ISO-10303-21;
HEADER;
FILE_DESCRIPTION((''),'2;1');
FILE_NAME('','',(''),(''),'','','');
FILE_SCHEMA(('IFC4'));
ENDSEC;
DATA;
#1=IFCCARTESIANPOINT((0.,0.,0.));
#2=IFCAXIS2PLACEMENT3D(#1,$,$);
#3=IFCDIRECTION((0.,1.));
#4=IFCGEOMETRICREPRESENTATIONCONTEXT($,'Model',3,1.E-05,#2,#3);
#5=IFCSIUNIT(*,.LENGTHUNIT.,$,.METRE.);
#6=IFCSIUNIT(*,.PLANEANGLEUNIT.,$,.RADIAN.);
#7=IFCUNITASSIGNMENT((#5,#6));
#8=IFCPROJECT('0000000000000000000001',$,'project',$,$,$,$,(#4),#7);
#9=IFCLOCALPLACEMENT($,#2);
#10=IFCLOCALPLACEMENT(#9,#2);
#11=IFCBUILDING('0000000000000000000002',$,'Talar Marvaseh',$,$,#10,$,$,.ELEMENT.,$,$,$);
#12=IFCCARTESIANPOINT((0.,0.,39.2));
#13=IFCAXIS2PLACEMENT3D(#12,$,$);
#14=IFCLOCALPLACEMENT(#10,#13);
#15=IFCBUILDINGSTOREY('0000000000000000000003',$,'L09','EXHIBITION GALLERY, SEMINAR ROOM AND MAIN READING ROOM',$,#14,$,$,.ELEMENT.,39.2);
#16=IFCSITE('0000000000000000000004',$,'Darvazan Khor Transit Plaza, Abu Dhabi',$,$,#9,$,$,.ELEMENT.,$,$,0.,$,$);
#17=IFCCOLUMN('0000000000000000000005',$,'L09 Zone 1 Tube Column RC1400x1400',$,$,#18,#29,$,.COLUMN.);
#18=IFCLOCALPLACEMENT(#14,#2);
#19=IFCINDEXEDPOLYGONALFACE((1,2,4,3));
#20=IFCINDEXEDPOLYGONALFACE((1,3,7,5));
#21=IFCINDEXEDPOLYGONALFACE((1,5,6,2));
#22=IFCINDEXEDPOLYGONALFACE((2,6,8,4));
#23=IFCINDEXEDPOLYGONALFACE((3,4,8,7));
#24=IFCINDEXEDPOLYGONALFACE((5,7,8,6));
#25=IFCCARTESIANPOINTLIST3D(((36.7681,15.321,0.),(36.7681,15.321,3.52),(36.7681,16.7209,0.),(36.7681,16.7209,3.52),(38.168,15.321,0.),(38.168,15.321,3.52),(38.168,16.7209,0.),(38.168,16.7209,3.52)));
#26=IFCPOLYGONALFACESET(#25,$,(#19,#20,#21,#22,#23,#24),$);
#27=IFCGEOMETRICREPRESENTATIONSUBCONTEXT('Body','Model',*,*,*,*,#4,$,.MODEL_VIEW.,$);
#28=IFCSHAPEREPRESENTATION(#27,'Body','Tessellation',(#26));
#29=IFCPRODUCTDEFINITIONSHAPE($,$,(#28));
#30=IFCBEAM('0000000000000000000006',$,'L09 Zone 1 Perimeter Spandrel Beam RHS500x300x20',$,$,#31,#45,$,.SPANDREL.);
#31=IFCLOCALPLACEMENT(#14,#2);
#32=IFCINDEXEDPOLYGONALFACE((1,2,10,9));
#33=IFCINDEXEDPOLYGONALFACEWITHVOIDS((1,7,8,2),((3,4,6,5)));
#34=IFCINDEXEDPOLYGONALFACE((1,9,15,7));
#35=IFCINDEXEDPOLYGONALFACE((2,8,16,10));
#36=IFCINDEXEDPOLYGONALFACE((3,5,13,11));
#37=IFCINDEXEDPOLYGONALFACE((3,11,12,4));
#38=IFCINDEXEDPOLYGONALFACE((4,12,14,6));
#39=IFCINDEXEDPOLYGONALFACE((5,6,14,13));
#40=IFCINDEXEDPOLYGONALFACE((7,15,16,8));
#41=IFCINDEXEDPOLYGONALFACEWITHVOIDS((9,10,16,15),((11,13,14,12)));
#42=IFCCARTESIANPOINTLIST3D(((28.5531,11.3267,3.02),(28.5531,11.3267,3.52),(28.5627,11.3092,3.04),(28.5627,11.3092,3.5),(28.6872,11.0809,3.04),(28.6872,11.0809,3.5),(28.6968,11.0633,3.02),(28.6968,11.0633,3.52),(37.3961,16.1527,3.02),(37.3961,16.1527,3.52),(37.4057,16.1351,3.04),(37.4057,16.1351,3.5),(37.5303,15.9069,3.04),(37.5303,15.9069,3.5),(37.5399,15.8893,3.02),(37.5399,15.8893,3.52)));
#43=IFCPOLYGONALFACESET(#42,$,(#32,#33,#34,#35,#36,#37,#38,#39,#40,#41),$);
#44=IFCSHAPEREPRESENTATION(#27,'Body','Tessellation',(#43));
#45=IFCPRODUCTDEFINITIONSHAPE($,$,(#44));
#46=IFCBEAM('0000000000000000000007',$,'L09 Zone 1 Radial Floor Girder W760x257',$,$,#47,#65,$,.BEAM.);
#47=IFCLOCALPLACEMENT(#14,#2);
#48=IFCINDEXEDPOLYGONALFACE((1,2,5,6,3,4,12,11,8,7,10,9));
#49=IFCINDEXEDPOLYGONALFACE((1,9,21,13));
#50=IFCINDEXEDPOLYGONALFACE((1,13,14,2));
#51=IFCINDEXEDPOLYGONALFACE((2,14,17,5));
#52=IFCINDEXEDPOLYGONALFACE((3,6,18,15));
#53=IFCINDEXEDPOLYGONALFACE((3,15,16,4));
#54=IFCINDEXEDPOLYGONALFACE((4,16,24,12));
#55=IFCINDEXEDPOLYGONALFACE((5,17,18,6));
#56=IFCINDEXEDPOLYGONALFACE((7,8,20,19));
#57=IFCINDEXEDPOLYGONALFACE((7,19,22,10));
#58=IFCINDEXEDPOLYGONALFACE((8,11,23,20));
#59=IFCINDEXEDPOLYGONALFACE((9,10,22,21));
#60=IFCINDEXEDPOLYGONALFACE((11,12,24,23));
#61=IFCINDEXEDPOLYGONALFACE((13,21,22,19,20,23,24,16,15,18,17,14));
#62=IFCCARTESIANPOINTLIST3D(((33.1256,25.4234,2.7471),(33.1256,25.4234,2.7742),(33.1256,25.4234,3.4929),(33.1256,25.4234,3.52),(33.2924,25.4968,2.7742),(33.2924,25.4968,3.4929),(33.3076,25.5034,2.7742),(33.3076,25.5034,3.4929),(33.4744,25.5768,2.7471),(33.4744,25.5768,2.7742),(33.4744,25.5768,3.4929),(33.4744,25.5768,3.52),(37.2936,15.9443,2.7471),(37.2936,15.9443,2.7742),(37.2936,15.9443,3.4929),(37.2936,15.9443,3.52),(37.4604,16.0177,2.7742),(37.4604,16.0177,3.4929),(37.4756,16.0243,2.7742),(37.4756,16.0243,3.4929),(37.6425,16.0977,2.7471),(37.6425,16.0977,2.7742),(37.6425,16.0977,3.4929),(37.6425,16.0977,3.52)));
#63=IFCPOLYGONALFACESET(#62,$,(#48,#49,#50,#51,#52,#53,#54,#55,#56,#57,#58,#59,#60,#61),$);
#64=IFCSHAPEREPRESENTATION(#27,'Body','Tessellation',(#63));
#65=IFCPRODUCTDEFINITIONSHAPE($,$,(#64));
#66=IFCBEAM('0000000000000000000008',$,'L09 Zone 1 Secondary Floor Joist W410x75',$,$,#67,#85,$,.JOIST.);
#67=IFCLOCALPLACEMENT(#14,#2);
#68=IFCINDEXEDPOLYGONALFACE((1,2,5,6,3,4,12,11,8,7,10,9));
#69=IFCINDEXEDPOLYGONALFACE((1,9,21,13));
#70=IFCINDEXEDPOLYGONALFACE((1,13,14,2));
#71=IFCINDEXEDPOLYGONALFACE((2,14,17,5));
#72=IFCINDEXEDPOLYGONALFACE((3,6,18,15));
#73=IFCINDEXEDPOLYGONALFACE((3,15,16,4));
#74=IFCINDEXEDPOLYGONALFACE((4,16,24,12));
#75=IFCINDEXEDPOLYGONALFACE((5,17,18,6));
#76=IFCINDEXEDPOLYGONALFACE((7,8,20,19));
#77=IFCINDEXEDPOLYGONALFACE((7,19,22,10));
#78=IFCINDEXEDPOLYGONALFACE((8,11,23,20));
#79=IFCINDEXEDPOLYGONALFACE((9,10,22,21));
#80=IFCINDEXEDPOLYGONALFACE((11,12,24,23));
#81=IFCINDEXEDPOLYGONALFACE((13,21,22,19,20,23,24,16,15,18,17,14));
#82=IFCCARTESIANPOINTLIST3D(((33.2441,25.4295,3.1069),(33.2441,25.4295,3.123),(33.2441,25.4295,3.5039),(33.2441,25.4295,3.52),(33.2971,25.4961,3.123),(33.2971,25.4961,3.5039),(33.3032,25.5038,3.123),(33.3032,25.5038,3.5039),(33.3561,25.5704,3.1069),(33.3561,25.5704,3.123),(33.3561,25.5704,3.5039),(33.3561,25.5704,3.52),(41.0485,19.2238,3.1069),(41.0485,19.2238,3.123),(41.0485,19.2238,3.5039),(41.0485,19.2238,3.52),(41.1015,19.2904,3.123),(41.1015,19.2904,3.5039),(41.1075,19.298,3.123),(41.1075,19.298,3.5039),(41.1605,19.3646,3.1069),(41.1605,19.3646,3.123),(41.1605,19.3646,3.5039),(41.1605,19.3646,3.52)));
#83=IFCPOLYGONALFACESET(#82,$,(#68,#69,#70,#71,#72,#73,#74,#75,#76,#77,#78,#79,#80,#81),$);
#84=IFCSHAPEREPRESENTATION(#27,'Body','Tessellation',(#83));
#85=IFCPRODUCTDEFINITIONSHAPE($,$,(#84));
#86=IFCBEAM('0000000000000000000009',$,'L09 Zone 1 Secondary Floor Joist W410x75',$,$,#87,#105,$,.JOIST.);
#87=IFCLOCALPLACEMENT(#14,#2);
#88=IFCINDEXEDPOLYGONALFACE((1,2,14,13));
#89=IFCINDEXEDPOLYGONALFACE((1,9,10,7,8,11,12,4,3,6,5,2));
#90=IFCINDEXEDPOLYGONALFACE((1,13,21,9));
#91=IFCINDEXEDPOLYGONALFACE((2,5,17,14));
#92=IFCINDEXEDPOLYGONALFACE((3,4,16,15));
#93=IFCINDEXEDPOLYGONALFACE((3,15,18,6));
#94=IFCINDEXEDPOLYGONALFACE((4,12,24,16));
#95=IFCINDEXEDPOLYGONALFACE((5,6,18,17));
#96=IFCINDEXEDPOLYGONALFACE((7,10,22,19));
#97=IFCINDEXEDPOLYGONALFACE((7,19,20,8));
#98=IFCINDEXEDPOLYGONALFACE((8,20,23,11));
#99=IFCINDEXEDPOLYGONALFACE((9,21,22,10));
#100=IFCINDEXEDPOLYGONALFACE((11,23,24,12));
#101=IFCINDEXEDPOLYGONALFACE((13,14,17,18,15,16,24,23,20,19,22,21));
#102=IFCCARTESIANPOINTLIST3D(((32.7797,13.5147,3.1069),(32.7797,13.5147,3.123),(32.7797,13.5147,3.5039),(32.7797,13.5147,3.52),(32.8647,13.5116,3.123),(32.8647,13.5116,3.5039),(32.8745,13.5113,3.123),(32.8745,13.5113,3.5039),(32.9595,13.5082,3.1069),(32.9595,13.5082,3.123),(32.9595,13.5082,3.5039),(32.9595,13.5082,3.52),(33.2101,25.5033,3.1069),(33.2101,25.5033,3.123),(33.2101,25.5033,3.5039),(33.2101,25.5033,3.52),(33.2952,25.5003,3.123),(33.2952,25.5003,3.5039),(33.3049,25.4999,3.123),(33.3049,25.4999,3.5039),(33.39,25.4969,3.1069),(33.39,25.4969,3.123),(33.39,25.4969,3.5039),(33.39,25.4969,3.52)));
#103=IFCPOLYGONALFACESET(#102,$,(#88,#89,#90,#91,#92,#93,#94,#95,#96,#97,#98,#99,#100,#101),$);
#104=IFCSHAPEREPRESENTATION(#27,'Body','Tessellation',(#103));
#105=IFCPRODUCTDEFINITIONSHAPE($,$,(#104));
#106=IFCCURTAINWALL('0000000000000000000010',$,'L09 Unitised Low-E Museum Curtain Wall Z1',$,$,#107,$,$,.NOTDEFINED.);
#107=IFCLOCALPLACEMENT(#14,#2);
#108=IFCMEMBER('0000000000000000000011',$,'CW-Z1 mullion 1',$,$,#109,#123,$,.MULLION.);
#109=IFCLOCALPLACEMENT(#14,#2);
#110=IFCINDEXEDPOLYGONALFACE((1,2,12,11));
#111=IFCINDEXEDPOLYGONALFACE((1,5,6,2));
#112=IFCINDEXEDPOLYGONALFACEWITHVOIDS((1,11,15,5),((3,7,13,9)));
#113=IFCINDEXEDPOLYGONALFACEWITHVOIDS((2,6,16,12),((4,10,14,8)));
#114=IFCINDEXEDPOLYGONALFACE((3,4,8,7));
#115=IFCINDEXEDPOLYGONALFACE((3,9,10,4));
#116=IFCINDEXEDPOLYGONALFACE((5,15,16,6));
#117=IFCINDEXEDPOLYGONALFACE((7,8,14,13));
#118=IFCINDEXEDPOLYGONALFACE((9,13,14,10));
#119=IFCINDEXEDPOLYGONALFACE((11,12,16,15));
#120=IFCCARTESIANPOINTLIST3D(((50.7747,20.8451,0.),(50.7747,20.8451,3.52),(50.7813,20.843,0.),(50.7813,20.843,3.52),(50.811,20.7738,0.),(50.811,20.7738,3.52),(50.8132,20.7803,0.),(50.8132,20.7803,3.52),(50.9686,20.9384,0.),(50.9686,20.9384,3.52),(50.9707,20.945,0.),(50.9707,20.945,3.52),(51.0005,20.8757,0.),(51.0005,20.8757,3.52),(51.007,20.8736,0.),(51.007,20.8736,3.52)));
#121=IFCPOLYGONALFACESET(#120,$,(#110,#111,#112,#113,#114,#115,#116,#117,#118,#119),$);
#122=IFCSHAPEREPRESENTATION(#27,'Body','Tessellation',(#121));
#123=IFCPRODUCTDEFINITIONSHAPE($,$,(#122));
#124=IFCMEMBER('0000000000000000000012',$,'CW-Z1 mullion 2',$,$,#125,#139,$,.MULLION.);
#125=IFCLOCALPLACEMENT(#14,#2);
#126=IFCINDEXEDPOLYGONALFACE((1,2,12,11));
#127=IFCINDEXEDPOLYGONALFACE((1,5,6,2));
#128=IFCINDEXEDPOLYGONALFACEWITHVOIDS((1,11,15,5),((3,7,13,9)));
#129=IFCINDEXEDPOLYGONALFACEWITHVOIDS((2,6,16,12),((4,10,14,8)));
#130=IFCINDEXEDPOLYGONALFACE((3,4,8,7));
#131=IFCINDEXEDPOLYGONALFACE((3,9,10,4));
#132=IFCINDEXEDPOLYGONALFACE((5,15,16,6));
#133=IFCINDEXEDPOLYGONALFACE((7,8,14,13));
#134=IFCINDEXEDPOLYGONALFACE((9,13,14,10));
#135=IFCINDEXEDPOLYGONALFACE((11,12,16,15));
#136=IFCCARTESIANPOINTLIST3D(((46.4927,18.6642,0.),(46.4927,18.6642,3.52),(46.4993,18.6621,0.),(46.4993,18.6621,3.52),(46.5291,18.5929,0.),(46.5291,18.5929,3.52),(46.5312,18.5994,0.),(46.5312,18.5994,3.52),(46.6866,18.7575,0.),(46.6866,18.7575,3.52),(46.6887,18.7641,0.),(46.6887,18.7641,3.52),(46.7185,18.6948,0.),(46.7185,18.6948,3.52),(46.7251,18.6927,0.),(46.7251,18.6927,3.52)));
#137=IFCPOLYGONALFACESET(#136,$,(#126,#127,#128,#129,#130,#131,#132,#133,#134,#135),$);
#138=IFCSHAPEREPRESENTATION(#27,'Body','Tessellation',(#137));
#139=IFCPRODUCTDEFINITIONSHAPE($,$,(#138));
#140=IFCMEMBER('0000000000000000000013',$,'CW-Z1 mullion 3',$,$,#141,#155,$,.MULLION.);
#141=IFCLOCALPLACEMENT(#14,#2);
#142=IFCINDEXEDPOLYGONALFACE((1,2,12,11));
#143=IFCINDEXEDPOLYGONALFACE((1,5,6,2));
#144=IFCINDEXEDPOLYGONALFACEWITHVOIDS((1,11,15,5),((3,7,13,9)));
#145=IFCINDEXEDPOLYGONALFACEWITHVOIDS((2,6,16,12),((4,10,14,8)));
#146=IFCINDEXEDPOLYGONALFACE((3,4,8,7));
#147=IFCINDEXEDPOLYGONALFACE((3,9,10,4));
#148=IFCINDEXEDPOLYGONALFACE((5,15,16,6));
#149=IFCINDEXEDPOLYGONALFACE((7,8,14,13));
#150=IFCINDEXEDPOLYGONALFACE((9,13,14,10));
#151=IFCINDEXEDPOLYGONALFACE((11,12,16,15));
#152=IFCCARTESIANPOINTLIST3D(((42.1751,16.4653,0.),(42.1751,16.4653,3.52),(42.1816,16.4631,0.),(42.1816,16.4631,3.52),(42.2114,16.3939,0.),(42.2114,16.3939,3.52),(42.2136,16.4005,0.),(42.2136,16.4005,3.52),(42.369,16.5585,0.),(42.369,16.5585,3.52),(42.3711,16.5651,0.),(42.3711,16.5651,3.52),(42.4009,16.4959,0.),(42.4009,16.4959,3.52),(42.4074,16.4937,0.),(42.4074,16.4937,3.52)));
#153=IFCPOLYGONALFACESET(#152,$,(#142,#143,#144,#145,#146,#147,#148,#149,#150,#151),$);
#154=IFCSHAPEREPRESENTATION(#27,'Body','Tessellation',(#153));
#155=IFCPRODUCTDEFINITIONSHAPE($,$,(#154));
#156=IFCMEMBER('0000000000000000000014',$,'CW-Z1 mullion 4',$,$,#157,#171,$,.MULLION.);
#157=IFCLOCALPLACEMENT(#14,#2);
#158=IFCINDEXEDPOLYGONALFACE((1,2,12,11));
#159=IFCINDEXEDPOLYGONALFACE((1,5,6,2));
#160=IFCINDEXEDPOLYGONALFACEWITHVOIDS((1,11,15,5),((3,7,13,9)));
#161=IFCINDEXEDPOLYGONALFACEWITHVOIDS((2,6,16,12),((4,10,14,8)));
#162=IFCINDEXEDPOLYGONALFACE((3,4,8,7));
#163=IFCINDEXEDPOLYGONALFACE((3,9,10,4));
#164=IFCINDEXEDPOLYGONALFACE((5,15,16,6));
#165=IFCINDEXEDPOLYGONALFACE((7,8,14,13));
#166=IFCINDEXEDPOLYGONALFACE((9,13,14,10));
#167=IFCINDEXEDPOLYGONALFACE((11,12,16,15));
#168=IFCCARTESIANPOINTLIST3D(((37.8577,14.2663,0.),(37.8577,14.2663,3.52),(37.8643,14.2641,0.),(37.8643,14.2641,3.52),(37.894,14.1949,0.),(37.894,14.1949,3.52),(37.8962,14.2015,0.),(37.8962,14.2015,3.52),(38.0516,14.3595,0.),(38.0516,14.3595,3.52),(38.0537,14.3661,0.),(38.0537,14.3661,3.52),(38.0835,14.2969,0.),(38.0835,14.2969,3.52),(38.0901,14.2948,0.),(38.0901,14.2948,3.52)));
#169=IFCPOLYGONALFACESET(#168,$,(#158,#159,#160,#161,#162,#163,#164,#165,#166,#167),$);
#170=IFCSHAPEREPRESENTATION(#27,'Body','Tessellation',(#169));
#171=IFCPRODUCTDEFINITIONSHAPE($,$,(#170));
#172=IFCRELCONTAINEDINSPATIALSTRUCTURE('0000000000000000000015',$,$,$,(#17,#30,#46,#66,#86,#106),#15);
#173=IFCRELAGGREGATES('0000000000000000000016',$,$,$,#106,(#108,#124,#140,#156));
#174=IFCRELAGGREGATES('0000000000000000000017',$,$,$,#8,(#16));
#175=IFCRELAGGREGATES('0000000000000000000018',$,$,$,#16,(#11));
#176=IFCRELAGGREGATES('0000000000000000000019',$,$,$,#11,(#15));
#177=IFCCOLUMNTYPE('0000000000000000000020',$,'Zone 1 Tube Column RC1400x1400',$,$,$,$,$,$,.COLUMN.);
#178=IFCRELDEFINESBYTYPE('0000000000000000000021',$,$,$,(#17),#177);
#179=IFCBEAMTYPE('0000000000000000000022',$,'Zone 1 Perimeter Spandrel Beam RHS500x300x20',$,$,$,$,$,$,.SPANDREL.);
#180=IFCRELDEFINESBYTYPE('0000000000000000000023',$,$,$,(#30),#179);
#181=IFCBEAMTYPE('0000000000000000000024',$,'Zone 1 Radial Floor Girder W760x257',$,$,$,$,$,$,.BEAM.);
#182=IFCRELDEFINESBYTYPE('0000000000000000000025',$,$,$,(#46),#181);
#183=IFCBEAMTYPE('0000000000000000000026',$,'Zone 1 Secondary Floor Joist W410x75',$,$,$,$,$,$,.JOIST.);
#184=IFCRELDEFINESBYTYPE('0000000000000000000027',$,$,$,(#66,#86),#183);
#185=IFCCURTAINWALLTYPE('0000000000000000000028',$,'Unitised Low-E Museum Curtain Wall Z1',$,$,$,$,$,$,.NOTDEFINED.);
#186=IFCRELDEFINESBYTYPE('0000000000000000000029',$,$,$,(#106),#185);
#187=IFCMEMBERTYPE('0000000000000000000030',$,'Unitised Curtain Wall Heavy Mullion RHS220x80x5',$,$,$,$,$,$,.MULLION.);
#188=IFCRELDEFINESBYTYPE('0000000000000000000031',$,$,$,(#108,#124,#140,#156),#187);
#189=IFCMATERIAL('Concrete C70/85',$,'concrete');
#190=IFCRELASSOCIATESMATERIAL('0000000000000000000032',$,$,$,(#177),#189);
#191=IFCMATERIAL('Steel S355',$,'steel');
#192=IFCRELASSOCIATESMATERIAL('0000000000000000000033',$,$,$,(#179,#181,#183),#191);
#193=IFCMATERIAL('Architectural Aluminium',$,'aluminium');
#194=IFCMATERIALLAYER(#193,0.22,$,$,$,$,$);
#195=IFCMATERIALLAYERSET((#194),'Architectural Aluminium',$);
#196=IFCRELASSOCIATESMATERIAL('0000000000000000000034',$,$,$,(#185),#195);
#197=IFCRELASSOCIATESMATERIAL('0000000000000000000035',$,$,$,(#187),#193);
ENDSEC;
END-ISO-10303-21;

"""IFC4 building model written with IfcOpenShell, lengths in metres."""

from ifc_helpers import new_model, si_unit, direction, frame, origin, origin_2d, place, context, subcontext, project, spatial, rectangle, hollow_rectangle, i_section, extrude, source, transform, mapped, material, layer, layer_set, material_profile, profile_set, type_object, type_shapes, element, aggregate, save


model = new_model("IFC4")

# Units and contexts
model_context = context("Model", 3, precision=1e-05, world=origin(), true_north=direction((0.0, 1.0)))
body_context = subcontext(model_context, "Body", "Model", "MODEL_VIEW")
ifc_project = project(units=[si_unit("LENGTHUNIT", "METRE"), si_unit("PLANEANGLEUNIT", "RADIAN")], contexts=[model_context])

# Site, building, storey
site_placement = place(None, origin())
site = spatial("IfcSite", under=ifc_project, at=site_placement, Name="Darvazan Khor Transit Plaza, Abu Dhabi", CompositionType="ELEMENT", RefElevation=0.0)
building_placement = place(site_placement, origin())
building = spatial("IfcBuilding", under=site, at=building_placement, Name="Talar Marvaseh", CompositionType="ELEMENT")
storey_placement = place(building_placement, frame((0.0, 0.0, 39.2)))
storey = spatial("IfcBuildingStorey", under=building, at=storey_placement, Name="L09", Description="EXHIBITION GALLERY, SEMINAR ROOM AND MAIN READING ROOM", CompositionType="ELEMENT", Elevation=39.2)

# Column
ifc_material_1 = material(Name="Concrete C70/85", Category="concrete")
ifc_material_profile_1 = material_profile(ifc_material_1, rectangle(XDim=1.3999, YDim=1.3999, at=origin_2d()), Name="RC1400x1400")
ifc_profile_set_1 = profile_set([ifc_material_profile_1], Name="Concrete C70/85")
column_type = type_object("IfcColumnType", Name="Zone 1 Tube Column RC1400x1400", PredefinedType="COLUMN", material=ifc_profile_set_1)
column_placement = place(storey_placement, frame((37.468, 16.021, 0.0), z_axis=(0.0, 0.0, 1.0), x_axis=(1.0, 0.0, 0.0)))
element("IfcColumn", 1, at=column_placement, inside=storey, type_object=column_type, Name="L09 Zone 1 Tube Column RC1400x1400", PredefinedType="COLUMN", context=body_context, shape_type="SweptSolid", body=[
    extrude(rectangle(XDim=1.3999, YDim=1.3999, at=origin_2d()), origin(), (0.0, 0.0, 1.0), 3.52),
])

# Beams
ifc_material_2 = material(Name="Steel S355", Category="steel")
ifc_material_profile_2 = material_profile(ifc_material_2, hollow_rectangle(XDim=0.3, YDim=0.5, WallThickness=0.02, at=origin_2d()), Name="RHS500x300x20")
ifc_profile_set_2 = profile_set([ifc_material_profile_2], Name="Steel S355")
beam_type_1 = type_object("IfcBeamType", Name="Zone 1 Perimeter Spandrel Beam RHS500x300x20", PredefinedType="SPANDREL", material=ifc_profile_set_2)
beam_1_placement = place(storey_placement, frame((37.468, 16.021, 3.27), z_axis=(-0.877793, -0.479041, 0.0), x_axis=(0.479041, -0.877793, 0.0)))
element("IfcBeam", 2, at=beam_1_placement, inside=storey, type_object=beam_type_1, Name="L09 Zone 1 Perimeter Spandrel Beam RHS500x300x20", PredefinedType="SPANDREL", context=body_context, shape_type="SweptSolid", body=[
    extrude(hollow_rectangle(XDim=0.3, YDim=0.5, WallThickness=0.02, at=origin_2d()), origin(), (0.0, 0.0, 1.0), 10.0742),
])
ifc_material_profile_3 = material_profile(ifc_material_2, i_section(OverallWidth=0.3811, OverallDepth=0.7729, WebThickness=0.0166, FlangeThickness=0.0271, at=origin_2d()), Name="W760x257")
ifc_profile_set_3 = profile_set([ifc_material_profile_3], Name="Steel S355")
beam_type_2 = type_object("IfcBeamType", Name="Zone 1 Radial Floor Girder W760x257", PredefinedType="BEAM", material=ifc_profile_set_3)
beam_2_placement = place(storey_placement, frame((37.468, 16.021, 3.1335), z_axis=(-0.402513, 0.915414, 0.0), x_axis=(-0.915414, -0.402513, 0.0)))
element("IfcBeam", 3, at=beam_2_placement, inside=storey, type_object=beam_type_2, Name="L09 Zone 1 Radial Floor Girder W760x257", PredefinedType="BEAM", context=body_context, shape_type="SweptSolid", body=[
    extrude(i_section(OverallWidth=0.3811, OverallDepth=0.7729, WebThickness=0.0166, FlangeThickness=0.0271, at=origin_2d()), origin(), (0.0, 0.0, 1.0), 10.355),
])
ifc_material_profile_4 = material_profile(ifc_material_2, i_section(OverallWidth=0.1799, OverallDepth=0.4131, WebThickness=0.0098, FlangeThickness=0.0161, at=origin_2d()), Name="W410x75")
ifc_profile_set_4 = profile_set([ifc_material_profile_4], Name="Steel S355")
beam_type_3 = type_object("IfcBeamType", Name="Zone 1 Secondary Floor Joist W410x75", PredefinedType="JOIST", material=ifc_profile_set_4)
beam_3_placement = place(storey_placement, frame((41.1045, 19.2942, 3.3135), z_axis=(-0.782712, 0.622384, 0.0), x_axis=(-0.622384, -0.782712, 0.0)))
element("IfcBeam", 4, at=beam_3_placement, inside=storey, type_object=beam_type_3, Name="L09 Zone 1 Secondary Floor Joist W410x75", PredefinedType="JOIST", context=body_context, shape_type="SweptSolid", body=[
    extrude(i_section(OverallWidth=0.1799, OverallDepth=0.4131, WebThickness=0.0098, FlangeThickness=0.0161, at=origin_2d()), origin(), (0.0, 0.0, 1.0), 9.9709),
])
beam_4_placement = place(storey_placement, frame((32.8696, 13.5115, 3.3135), z_axis=(0.03588, 0.999356, 0.0), x_axis=(-0.999356, 0.03588, 0.0)))
element("IfcBeam", 5, at=beam_4_placement, inside=storey, type_object=beam_type_3, Name="L09 Zone 1 Secondary Floor Joist W410x75", PredefinedType="JOIST", context=body_context, shape_type="SweptSolid", body=[
    extrude(i_section(OverallWidth=0.1799, OverallDepth=0.4131, WebThickness=0.0098, FlangeThickness=0.0161, at=origin_2d()), origin(), (0.0, 0.0, 1.0), 11.9963),
])

# Curtain wall, members
ifc_material_3 = material(Name="Architectural Aluminium", Category="aluminium")
ifc_layer_1 = layer(ifc_material_3, 0.22)
ifc_layer_set_1 = layer_set([ifc_layer_1], Name="Architectural Aluminium")
curtain_wall_type = type_object("IfcCurtainWallType", Name="Unitised Low-E Museum Curtain Wall Z1", PredefinedType="NOTDEFINED", material=ifc_layer_set_1)
curtain_wall_placement = place(storey_placement, origin())
curtain_wall = element("IfcCurtainWall", 6, at=curtain_wall_placement, inside=storey, type_object=curtain_wall_type, Name="L09 Unitised Low-E Museum Curtain Wall Z1", PredefinedType="NOTDEFINED")
ifc_material_profile_5 = material_profile(ifc_material_3, hollow_rectangle(XDim=0.0801, YDim=0.22, WallThickness=0.0049, at=origin_2d()), Name="RHS220x80x5")
ifc_profile_set_5 = profile_set([ifc_material_profile_5], Name="Architectural Aluminium")
member_type_1 = type_object("IfcMemberType", Name="Unitised Curtain Wall Heavy Mullion RHS220x80x5", PredefinedType="MULLION", material=ifc_profile_set_5)
shared_shape_1 = source(origin(), body_context, "Body", "SweptSolid", [
    extrude(hollow_rectangle(XDim=0.0801, YDim=0.22, WallThickness=0.0049, at=origin_2d()), origin(), (0.0, 0.0, 1.0), 3.52),
])
type_shapes(member_type_1, [shared_shape_1])
member_1_placement = place(storey_placement, frame((50.8909, 20.8594, 0.0), z_axis=(0.0, 0.0, 1.0), x_axis=(0.45385, -0.891078, 0.0)))
member_1 = element("IfcMember", 7, at=member_1_placement, type_object=member_type_1, Name="CW-Z1 mullion 1", PredefinedType="MULLION", context=body_context, shape_type="MappedRepresentation", body=[
    mapped(shared_shape_1, transform((0.0, 0.0, 0.0), x_axis=(1.0, 0.0, 0.0), y_axis=(0.0, 1.0, 0.0), z_axis=(0.0, 0.0, 1.0), scale=1.0)),
])
member_2_placement = place(storey_placement, frame((46.6089, 18.6785, 0.0), z_axis=(0.0, 0.0, 1.0), x_axis=(0.45385, -0.891078, 0.0)))
member_2 = element("IfcMember", 8, at=member_2_placement, type_object=member_type_1, Name="CW-Z1 mullion 2", PredefinedType="MULLION", context=body_context, shape_type="MappedRepresentation", body=[
    mapped(shared_shape_1, transform((0.0, 0.0, 0.0), x_axis=(1.0, 0.0, 0.0), y_axis=(0.0, 1.0, 0.0), z_axis=(0.0, 0.0, 1.0), scale=1.0)),
])
member_3_placement = place(storey_placement, frame((42.2913, 16.4795, 0.0), z_axis=(0.0, 0.0, 1.0), x_axis=(0.45385, -0.891078, 0.0)))
member_3 = element("IfcMember", 9, at=member_3_placement, type_object=member_type_1, Name="CW-Z1 mullion 3", PredefinedType="MULLION", context=body_context, shape_type="MappedRepresentation", body=[
    mapped(shared_shape_1, transform((0.0, 0.0, 0.0), x_axis=(1.0, 0.0, 0.0), y_axis=(0.0, 1.0, 0.0), z_axis=(0.0, 0.0, 1.0), scale=1.0)),
])
member_4_placement = place(storey_placement, frame((37.9739, 14.2805, 0.0), z_axis=(0.0, 0.0, 1.0), x_axis=(0.45385, -0.891078, 0.0)))
member_4 = element("IfcMember", 10, at=member_4_placement, type_object=member_type_1, Name="CW-Z1 mullion 4", PredefinedType="MULLION", context=body_context, shape_type="MappedRepresentation", body=[
    mapped(shared_shape_1, transform((0.0, 0.0, 0.0), x_axis=(1.0, 0.0, 0.0), y_axis=(0.0, 1.0, 0.0), z_axis=(0.0, 0.0, 1.0), scale=1.0)),
])
aggregate(curtain_wall, [member_1, member_2, member_3, member_4])

save(model, "model.ifc")
